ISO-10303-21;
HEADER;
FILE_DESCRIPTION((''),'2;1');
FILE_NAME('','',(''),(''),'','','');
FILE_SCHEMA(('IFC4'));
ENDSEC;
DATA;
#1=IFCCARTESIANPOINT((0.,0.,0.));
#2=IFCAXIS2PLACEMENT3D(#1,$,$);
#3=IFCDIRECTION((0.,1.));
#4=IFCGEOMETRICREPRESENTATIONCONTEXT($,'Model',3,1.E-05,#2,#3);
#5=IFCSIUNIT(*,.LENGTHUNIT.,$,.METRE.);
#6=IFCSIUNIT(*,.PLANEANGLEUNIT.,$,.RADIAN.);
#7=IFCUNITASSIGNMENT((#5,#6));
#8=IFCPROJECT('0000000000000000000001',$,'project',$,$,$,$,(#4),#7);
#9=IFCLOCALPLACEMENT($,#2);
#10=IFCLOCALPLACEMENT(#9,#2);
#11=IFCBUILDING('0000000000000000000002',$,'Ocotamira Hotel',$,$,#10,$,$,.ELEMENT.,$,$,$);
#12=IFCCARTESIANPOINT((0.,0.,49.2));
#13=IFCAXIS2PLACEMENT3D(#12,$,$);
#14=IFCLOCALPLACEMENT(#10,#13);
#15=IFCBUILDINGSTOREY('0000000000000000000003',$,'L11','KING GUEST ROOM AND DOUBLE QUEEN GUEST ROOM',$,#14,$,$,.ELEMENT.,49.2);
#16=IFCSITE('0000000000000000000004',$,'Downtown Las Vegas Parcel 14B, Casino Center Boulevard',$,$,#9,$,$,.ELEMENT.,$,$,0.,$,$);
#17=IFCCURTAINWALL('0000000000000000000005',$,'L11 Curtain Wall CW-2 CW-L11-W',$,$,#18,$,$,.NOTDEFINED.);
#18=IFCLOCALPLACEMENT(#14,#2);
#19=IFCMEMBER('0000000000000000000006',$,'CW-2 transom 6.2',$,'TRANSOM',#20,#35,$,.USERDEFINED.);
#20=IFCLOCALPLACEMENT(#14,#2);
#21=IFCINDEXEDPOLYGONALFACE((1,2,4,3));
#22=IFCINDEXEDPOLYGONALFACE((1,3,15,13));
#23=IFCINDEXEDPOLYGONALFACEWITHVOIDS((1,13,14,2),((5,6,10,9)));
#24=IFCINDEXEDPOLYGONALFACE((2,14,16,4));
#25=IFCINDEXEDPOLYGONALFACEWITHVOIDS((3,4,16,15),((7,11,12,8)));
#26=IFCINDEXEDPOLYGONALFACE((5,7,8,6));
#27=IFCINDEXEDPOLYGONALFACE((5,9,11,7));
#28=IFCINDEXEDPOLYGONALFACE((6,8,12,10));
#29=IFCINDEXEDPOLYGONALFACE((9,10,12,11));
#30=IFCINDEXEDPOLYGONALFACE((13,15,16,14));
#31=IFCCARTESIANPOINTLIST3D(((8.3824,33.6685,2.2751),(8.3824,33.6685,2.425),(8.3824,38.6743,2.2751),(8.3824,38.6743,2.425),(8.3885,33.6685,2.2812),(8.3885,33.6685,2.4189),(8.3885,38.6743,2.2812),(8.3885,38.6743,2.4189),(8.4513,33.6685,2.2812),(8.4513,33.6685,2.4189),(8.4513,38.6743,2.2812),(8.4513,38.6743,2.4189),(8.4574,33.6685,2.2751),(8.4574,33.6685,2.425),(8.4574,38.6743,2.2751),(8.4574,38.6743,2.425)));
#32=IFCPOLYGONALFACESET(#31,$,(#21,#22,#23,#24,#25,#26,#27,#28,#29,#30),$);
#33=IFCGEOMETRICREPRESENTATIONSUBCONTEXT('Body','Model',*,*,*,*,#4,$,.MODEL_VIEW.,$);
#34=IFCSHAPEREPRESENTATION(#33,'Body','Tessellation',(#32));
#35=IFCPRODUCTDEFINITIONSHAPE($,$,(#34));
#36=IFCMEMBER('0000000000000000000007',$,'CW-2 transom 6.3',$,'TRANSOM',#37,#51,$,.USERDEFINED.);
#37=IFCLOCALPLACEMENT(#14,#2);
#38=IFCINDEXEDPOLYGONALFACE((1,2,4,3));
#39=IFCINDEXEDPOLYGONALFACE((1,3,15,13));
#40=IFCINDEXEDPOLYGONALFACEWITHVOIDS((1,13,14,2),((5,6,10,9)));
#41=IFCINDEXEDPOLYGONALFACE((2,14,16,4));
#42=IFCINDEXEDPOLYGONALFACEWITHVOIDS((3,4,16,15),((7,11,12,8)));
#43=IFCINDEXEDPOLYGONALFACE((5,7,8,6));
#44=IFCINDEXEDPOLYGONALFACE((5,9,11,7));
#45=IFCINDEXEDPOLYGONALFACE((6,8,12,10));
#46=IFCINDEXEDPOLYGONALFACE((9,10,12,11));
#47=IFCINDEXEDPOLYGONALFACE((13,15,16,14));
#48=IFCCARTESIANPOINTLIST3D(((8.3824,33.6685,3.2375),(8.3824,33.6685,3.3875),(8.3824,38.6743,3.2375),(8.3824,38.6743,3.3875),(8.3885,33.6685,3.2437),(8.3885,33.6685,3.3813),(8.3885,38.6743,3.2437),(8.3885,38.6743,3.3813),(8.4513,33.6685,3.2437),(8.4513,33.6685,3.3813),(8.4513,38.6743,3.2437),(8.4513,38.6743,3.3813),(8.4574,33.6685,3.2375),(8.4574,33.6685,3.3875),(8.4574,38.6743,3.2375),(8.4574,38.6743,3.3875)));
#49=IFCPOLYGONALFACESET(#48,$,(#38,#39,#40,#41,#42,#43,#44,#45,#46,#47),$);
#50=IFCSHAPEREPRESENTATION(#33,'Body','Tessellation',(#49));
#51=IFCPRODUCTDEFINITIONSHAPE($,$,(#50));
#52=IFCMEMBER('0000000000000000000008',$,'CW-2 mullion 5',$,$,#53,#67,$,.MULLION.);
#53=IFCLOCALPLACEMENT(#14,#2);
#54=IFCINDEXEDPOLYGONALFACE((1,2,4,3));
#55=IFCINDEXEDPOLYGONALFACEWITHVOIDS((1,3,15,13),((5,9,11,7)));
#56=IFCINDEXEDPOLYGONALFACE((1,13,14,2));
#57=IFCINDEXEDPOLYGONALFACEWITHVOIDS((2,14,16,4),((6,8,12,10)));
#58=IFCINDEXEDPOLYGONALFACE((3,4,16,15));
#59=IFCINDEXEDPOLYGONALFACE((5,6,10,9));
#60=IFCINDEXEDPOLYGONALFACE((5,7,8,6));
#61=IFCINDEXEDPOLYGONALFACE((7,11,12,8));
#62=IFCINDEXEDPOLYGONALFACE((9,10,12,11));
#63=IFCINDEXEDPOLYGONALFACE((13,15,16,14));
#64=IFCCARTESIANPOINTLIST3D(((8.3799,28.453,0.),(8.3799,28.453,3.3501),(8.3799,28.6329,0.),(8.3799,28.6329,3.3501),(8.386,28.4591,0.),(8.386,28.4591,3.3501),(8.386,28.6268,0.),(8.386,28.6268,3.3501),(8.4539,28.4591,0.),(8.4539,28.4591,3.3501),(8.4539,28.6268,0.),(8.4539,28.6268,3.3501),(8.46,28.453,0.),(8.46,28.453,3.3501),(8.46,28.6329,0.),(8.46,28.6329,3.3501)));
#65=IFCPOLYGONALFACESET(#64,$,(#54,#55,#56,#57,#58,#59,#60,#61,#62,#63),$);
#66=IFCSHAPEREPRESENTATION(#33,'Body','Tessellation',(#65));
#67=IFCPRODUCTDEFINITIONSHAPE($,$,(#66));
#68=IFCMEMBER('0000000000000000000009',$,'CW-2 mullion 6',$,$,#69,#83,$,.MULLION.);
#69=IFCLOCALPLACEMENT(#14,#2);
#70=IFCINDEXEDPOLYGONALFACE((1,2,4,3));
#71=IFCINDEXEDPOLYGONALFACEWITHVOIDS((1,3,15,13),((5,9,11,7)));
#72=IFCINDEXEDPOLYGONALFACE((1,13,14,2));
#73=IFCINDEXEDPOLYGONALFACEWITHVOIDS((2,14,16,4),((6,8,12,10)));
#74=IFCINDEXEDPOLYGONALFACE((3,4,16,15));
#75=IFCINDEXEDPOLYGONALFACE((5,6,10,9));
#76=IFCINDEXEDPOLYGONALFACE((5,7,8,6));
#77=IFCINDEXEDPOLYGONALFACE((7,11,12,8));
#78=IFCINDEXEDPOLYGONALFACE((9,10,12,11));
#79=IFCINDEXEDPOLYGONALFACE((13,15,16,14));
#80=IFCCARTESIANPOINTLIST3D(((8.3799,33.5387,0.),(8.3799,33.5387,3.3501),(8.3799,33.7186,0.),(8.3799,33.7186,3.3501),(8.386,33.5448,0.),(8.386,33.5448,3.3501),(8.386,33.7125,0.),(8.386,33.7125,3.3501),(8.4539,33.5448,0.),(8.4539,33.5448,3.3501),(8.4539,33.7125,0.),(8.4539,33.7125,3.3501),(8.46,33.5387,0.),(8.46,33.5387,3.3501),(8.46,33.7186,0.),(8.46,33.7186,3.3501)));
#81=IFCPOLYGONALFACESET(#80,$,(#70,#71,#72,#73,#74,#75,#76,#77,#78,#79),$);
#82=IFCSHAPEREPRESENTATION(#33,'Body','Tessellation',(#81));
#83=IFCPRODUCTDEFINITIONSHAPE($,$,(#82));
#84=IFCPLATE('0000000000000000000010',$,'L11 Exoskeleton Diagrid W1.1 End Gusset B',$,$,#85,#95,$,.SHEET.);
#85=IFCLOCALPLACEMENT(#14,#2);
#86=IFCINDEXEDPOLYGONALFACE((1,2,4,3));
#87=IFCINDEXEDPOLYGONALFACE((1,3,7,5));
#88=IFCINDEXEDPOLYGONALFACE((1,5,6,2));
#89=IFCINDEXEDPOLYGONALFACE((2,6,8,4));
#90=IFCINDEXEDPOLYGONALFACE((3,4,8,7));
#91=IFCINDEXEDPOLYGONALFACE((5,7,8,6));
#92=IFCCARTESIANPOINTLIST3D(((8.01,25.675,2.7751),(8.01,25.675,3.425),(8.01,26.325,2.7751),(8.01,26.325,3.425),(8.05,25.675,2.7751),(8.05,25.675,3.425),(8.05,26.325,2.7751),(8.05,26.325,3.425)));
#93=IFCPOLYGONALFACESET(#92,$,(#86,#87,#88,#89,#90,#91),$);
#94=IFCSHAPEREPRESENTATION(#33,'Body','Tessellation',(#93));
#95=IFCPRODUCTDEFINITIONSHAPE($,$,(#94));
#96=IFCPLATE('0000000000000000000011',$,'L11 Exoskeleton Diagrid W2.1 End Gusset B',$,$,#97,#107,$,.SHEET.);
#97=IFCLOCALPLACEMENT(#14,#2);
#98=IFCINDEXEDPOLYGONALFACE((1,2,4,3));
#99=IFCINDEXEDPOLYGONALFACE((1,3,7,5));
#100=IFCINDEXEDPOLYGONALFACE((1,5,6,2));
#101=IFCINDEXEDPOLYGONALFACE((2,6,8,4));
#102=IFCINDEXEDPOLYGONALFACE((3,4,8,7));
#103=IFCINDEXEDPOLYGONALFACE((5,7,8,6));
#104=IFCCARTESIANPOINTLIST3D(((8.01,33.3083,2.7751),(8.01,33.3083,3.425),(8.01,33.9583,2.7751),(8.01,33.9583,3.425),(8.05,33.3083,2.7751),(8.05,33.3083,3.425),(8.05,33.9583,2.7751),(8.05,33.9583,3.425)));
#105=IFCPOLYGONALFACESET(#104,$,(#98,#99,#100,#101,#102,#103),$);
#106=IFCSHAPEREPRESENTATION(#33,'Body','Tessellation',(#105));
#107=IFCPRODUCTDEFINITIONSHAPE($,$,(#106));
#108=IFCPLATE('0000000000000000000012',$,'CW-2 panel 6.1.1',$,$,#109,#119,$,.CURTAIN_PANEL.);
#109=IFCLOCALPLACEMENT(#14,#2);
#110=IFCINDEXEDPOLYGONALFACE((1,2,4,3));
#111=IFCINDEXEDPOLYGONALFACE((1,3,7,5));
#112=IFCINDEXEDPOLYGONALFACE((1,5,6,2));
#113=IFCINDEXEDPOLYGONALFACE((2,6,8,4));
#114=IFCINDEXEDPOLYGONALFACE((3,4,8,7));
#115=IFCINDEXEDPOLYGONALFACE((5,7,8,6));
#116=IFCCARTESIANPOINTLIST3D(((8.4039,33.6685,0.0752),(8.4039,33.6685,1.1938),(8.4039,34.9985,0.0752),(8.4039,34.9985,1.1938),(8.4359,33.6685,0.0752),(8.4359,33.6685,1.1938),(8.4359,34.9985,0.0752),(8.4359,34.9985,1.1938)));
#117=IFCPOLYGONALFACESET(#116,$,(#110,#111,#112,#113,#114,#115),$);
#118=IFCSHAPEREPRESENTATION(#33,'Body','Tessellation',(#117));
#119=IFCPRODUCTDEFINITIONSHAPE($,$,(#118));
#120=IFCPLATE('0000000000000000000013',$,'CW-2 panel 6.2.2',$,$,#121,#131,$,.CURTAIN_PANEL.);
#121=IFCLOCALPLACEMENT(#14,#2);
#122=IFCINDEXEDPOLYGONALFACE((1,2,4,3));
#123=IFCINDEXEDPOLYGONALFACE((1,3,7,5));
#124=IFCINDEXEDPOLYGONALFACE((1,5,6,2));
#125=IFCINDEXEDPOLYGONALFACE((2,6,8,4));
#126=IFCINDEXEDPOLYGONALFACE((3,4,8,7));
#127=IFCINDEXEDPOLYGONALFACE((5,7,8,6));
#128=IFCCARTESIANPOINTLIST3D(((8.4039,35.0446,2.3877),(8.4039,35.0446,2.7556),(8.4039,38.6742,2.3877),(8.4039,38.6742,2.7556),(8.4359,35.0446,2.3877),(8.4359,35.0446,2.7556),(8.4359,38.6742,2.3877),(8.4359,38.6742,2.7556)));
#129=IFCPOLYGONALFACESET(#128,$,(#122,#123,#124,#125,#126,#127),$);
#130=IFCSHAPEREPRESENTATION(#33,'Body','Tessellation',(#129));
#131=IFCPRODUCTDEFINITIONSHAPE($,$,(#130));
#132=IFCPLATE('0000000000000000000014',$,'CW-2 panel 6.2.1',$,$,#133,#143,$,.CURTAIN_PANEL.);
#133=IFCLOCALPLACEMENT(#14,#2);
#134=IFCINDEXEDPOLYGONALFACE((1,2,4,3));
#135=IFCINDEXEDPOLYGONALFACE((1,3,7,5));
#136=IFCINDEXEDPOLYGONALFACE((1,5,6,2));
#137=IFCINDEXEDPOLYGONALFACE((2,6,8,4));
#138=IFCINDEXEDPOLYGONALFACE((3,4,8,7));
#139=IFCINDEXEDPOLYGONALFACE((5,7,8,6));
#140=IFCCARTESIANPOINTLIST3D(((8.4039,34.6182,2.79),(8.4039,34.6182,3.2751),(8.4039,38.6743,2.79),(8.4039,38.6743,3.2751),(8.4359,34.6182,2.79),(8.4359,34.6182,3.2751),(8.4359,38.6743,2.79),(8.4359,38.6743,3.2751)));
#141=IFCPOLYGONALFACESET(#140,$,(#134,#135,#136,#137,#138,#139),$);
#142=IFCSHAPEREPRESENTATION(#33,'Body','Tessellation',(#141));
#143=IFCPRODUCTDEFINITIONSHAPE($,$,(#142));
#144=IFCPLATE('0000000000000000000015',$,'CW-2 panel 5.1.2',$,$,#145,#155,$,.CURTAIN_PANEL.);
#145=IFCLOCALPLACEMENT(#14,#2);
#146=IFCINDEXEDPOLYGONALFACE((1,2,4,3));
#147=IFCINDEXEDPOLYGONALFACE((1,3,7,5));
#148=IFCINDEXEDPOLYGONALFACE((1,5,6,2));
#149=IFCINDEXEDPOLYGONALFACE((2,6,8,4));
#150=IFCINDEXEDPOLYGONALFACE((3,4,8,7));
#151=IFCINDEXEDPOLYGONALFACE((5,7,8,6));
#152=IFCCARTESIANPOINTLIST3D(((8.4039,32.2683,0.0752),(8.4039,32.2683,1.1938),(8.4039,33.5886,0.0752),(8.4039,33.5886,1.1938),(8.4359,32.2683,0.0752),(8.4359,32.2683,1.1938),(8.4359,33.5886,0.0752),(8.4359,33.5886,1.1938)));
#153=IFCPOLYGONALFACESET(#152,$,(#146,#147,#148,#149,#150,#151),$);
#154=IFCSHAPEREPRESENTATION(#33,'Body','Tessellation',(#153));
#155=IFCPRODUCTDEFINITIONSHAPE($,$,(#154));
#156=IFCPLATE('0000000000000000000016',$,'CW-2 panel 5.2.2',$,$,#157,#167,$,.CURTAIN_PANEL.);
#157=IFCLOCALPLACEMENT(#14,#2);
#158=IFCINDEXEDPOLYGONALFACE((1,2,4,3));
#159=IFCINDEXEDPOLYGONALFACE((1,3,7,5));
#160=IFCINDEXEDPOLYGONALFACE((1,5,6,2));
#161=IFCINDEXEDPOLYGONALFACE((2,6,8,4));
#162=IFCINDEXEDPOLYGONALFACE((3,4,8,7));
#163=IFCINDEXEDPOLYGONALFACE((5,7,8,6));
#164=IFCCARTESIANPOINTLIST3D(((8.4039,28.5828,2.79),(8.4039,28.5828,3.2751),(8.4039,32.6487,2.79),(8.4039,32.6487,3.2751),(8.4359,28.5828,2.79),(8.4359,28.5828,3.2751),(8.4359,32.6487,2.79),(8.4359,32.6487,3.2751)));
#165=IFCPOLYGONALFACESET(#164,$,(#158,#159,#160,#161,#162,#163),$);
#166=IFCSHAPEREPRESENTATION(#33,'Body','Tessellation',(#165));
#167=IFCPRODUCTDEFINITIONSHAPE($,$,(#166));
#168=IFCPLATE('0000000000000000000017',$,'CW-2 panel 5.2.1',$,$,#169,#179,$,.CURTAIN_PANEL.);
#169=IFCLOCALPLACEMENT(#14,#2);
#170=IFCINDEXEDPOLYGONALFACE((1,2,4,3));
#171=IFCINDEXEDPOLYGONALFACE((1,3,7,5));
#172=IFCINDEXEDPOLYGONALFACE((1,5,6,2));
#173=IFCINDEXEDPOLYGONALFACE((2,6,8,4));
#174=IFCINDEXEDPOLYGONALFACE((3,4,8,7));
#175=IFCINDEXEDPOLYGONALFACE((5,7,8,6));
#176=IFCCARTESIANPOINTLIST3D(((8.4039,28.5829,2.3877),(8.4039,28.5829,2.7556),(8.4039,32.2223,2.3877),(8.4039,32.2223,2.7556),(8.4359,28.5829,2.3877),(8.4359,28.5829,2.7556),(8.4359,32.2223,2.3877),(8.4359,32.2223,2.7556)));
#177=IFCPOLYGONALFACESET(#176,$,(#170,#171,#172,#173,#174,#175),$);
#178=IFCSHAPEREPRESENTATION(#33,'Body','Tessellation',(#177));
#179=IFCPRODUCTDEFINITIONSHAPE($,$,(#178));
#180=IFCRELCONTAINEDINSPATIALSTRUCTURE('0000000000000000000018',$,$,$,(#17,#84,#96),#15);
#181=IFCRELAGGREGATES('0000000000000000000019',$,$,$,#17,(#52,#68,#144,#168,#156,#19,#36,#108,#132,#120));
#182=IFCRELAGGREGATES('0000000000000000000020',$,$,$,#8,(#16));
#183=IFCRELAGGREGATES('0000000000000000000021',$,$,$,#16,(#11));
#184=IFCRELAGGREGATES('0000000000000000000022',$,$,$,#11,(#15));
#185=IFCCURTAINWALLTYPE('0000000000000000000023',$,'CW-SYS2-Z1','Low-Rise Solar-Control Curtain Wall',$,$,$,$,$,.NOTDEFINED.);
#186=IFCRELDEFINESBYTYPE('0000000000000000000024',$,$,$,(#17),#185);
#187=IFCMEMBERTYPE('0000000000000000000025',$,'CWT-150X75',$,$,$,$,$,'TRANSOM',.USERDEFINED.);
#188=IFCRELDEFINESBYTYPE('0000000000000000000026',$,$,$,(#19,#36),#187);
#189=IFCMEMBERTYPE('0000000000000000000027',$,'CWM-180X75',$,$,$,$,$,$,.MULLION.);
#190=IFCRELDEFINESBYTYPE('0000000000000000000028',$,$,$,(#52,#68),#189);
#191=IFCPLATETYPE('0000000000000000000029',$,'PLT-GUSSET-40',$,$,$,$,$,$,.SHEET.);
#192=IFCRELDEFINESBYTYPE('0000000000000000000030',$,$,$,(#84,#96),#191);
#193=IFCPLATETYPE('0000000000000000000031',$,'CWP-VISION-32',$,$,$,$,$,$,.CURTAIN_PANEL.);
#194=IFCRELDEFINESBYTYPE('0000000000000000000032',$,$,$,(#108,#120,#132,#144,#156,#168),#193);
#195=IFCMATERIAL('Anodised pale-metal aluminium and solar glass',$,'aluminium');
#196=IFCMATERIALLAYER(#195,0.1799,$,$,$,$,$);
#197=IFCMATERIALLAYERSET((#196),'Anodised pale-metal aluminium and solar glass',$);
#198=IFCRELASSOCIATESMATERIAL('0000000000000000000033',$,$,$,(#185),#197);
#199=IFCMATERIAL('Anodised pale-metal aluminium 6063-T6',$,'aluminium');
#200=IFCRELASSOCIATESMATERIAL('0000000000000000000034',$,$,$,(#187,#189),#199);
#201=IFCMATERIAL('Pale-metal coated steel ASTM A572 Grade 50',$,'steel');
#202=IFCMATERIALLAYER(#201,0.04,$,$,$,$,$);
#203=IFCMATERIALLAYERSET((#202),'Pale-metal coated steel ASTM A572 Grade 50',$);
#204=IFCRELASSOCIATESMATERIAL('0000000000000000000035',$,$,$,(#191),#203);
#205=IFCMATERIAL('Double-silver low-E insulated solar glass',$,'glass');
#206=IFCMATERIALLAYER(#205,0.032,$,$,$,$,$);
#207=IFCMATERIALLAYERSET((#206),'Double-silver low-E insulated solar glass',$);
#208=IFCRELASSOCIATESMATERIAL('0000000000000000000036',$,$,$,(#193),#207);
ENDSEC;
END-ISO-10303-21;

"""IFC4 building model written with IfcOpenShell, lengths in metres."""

from ifc_helpers import new_model, si_unit, direction, frame, origin, origin_2d, place, context, subcontext, project, spatial, rectangle, hollow_rectangle, extrude, source, transform, mapped, material, layer, layer_set, material_profile, profile_set, type_object, element, aggregate, save


model = new_model("IFC4")

# Units and contexts
model_context = context("Model", 3, precision=1e-05, world=origin(), true_north=direction((0.0, 1.0)))
body_context = subcontext(model_context, "Body", "Model", "MODEL_VIEW")
ifc_project = project(units=[si_unit("LENGTHUNIT", "METRE"), si_unit("PLANEANGLEUNIT", "RADIAN")], contexts=[model_context])

# Site, building, storey
site_placement = place(None, origin())
site = spatial("IfcSite", under=ifc_project, at=site_placement, Name="Downtown Las Vegas Parcel 14B, Casino Center Boulevard", CompositionType="ELEMENT", RefElevation=0.0)
building_placement = place(site_placement, origin())
building = spatial("IfcBuilding", under=site, at=building_placement, Name="Ocotamira Hotel", CompositionType="ELEMENT")
storey_placement = place(building_placement, frame((0.0, 0.0, 49.2)))
storey = spatial("IfcBuildingStorey", under=building, at=storey_placement, Name="L11", Description="KING GUEST ROOM AND DOUBLE QUEEN GUEST ROOM", CompositionType="ELEMENT", Elevation=49.2)

# Curtain wall, members
ifc_material_1 = material(Name="Anodised pale-metal aluminium and solar glass", Category="aluminium")
ifc_layer_1 = layer(ifc_material_1, 0.1799)
ifc_layer_set_1 = layer_set([ifc_layer_1], Name="Anodised pale-metal aluminium and solar glass")
curtain_wall_type = type_object("IfcCurtainWallType", Name="CW-SYS2-Z1", Description="Low-Rise Solar-Control Curtain Wall", PredefinedType="NOTDEFINED", material=ifc_layer_set_1)
curtain_wall_placement = place(storey_placement, origin())
curtain_wall = element("IfcCurtainWall", 1, at=curtain_wall_placement, inside=storey, type_object=curtain_wall_type, Name="L11 Curtain Wall CW-2 CW-L11-W", PredefinedType="NOTDEFINED")
ifc_material_2 = material(Name="Anodised pale-metal aluminium 6063-T6", Category="aluminium")
ifc_material_profile_1 = material_profile(ifc_material_2, hollow_rectangle(XDim=0.075, YDim=0.1499, WallThickness=0.0061, at=origin_2d()), Name="HSS150X75X6")
ifc_profile_set_1 = profile_set([ifc_material_profile_1], Name="Anodised pale-metal aluminium 6063-T6")
member_type_1 = type_object("IfcMemberType", Name="CWT-150X75", ElementType="TRANSOM", PredefinedType="USERDEFINED", material=ifc_profile_set_1)
shared_shape_1 = source(origin(), body_context, "Body", "SweptSolid", [
    extrude(hollow_rectangle(XDim=0.075, YDim=0.1499, WallThickness=0.0061, at=origin_2d()), origin(), (0.0, 0.0, 1.0), 5.0059),
])
member_1_placement = place(storey_placement, frame((8.4199, 33.6685, 2.3501), z_axis=(0.0, 1.0, 0.0), x_axis=(-1.0, 0.0, 0.0)))
member_1 = element("IfcMember", 2, at=member_1_placement, type_object=member_type_1, Name="CW-2 transom 6.2", ObjectType="TRANSOM", PredefinedType="USERDEFINED", context=body_context, shape_type="MappedRepresentation", body=[
    mapped(shared_shape_1, transform((0.0, 0.0, 0.0), scale=1.0)),
])
member_2_placement = place(storey_placement, frame((8.4199, 33.6685, 3.3125), z_axis=(0.0, 1.0, 0.0), x_axis=(-1.0, 0.0, 0.0)))
member_2 = element("IfcMember", 3, at=member_2_placement, type_object=member_type_1, Name="CW-2 transom 6.3", ObjectType="TRANSOM", PredefinedType="USERDEFINED", context=body_context, shape_type="MappedRepresentation", body=[
    mapped(shared_shape_1, transform((0.0, 0.0, 0.0), scale=1.0)),
])
ifc_material_profile_2 = material_profile(ifc_material_2, hollow_rectangle(XDim=0.0801, YDim=0.1799, WallThickness=0.0061, at=origin_2d()), Name="HSS180X80X6")
ifc_profile_set_2 = profile_set([ifc_material_profile_2], Name="Anodised pale-metal aluminium 6063-T6")
member_type_2 = type_object("IfcMemberType", Name="CWM-180X75", PredefinedType="MULLION", material=ifc_profile_set_2)
shared_shape_2 = source(origin(), body_context, "Body", "SweptSolid", [
    extrude(hollow_rectangle(XDim=0.0801, YDim=0.1799, WallThickness=0.0061, at=origin_2d()), origin(), (0.0, 0.0, 1.0), 3.3501),
])
member_3_placement = place(storey_placement, frame((8.4199, 28.543, 0.0), z_axis=(0.0, 0.0, 1.0), x_axis=(-1.0, 0.0, 0.0)))
member_3 = element("IfcMember", 4, at=member_3_placement, type_object=member_type_2, Name="CW-2 mullion 5", PredefinedType="MULLION", context=body_context, shape_type="MappedRepresentation", body=[
    mapped(shared_shape_2, transform((0.0, 0.0, 0.0), scale=1.0)),
])
member_4_placement = place(storey_placement, frame((8.4199, 33.6287, 0.0), z_axis=(0.0, 0.0, 1.0), x_axis=(-1.0, 0.0, 0.0)))
member_4 = element("IfcMember", 5, at=member_4_placement, type_object=member_type_2, Name="CW-2 mullion 6", PredefinedType="MULLION", context=body_context, shape_type="MappedRepresentation", body=[
    mapped(shared_shape_2, transform((0.0, 0.0, 0.0), scale=1.0)),
])

# Plates
ifc_material_3 = material(Name="Pale-metal coated steel ASTM A572 Grade 50", Category="steel")
ifc_layer_2 = layer(ifc_material_3, 0.04)
ifc_layer_set_2 = layer_set([ifc_layer_2], Name="Pale-metal coated steel ASTM A572 Grade 50")
plate_type_1 = type_object("IfcPlateType", Name="PLT-GUSSET-40", PredefinedType="SHEET", material=ifc_layer_set_2)
shared_shape_3 = source(origin(), body_context, "Body", "SweptSolid", [
    extrude(rectangle(XDim=0.04, YDim=0.6499, at=origin_2d()), origin(), (0.0, 0.0, 1.0), 0.6499),
])
for number, where, z_axis, x_axis, name in (
    (6, (8.03, 26.0, 2.7751), (0.0, 0.0, 1.0), (1.0, 0.0, 0.0), "L11 Exoskeleton Diagrid W1.1 End Gusset B"),
    (7, (8.03, 33.6333, 2.7751), (0.0, 0.0, 1.0), (1.0, 0.0, 0.0), "L11 Exoskeleton Diagrid W2.1 End Gusset B"),
):
    element("IfcPlate", number, at=place(storey_placement, frame(where, z_axis=z_axis, x_axis=x_axis)), inside=storey, type_object=plate_type_1, Name=name, PredefinedType="SHEET", context=body_context, shape_type="MappedRepresentation", body=[
        mapped(shared_shape_3, transform((0.0, 0.0, 0.0), scale=1.0)),
    ])

# Plates
ifc_material_4 = material(Name="Double-silver low-E insulated solar glass", Category="glass")
ifc_layer_3 = layer(ifc_material_4, 0.032)
ifc_layer_set_3 = layer_set([ifc_layer_3], Name="Double-silver low-E insulated solar glass")
plate_type_2 = type_object("IfcPlateType", Name="CWP-VISION-32", PredefinedType="CURTAIN_PANEL", material=ifc_layer_set_3)
shared_shape_4 = source(origin(), body_context, "Body", "SweptSolid", [
    extrude(rectangle(XDim=1.3301, YDim=0.032, at=origin_2d()), origin(), (0.0, 0.0, 1.0), 1.1187),
])
plate_1_placement = place(storey_placement, frame((8.4199, 34.3335, 0.0752), z_axis=(0.0, 0.0, 1.0), x_axis=(0.0, 1.0, 0.0)))
plate_1 = element("IfcPlate", 8, at=plate_1_placement, type_object=plate_type_2, Name="CW-2 panel 6.1.1", PredefinedType="CURTAIN_PANEL", context=body_context, shape_type="MappedRepresentation", body=[
    mapped(shared_shape_4, transform((0.0, 0.0, 0.0), scale=1.0)),
])
shared_shape_5 = source(origin(), body_context, "Body", "SweptSolid", [
    extrude(rectangle(XDim=3.6296, YDim=0.032, at=origin_2d()), origin(), (0.0, 0.0, 1.0), 0.3679),
])
plate_2_placement = place(storey_placement, frame((8.4199, 36.8594, 2.3877), z_axis=(0.0, 0.0, 1.0), x_axis=(0.0, 1.0, 0.0)))
plate_2 = element("IfcPlate", 9, at=plate_2_placement, type_object=plate_type_2, Name="CW-2 panel 6.2.2", PredefinedType="CURTAIN_PANEL", context=body_context, shape_type="MappedRepresentation", body=[
    mapped(shared_shape_5, transform((0.0, 0.0, 0.0), scale=1.0)),
])
shared_shape_6 = source(origin(), body_context, "Body", "SweptSolid", [
    extrude(rectangle(XDim=4.0562, YDim=0.032, at=origin_2d()), origin(), (0.0, 0.0, 1.0), 0.4851),
])
plate_3_placement = place(storey_placement, frame((8.4199, 36.6462, 2.79), z_axis=(0.0, 0.0, 1.0), x_axis=(0.0, 1.0, 0.0)))
plate_3 = element("IfcPlate", 10, at=plate_3_placement, type_object=plate_type_2, Name="CW-2 panel 6.2.1", PredefinedType="CURTAIN_PANEL", context=body_context, shape_type="MappedRepresentation", body=[
    mapped(shared_shape_6, transform((0.0, 0.0, 0.0), scale=1.0)),
])
shared_shape_7 = source(origin(), body_context, "Body", "SweptSolid", [
    extrude(rectangle(XDim=1.3203, YDim=0.032, at=origin_2d()), origin(), (0.0, 0.0, 1.0), 1.1187),
])
plate_4_placement = place(storey_placement, frame((8.4199, 32.9285, 0.0752), z_axis=(0.0, 0.0, 1.0), x_axis=(0.0, 1.0, 0.0)))
plate_4 = element("IfcPlate", 11, at=plate_4_placement, type_object=plate_type_2, Name="CW-2 panel 5.1.2", PredefinedType="CURTAIN_PANEL", context=body_context, shape_type="MappedRepresentation", body=[
    mapped(shared_shape_7, transform((0.0, 0.0, 0.0), scale=1.0)),
])
shared_shape_8 = source(origin(), body_context, "Body", "SweptSolid", [
    extrude(rectangle(XDim=4.0659, YDim=0.032, at=origin_2d()), origin(), (0.0, 0.0, 1.0), 0.4851),
])
plate_5_placement = place(storey_placement, frame((8.4199, 30.6157, 2.79), z_axis=(0.0, 0.0, 1.0), x_axis=(0.0, 1.0, 0.0)))
plate_5 = element("IfcPlate", 12, at=plate_5_placement, type_object=plate_type_2, Name="CW-2 panel 5.2.2", PredefinedType="CURTAIN_PANEL", context=body_context, shape_type="MappedRepresentation", body=[
    mapped(shared_shape_8, transform((0.0, 0.0, 0.0), scale=1.0)),
])
shared_shape_9 = source(origin(), body_context, "Body", "SweptSolid", [
    extrude(rectangle(XDim=3.6394, YDim=0.032, at=origin_2d()), origin(), (0.0, 0.0, 1.0), 0.3679),
])
plate_6_placement = place(storey_placement, frame((8.4199, 30.4026, 2.3877), z_axis=(0.0, 0.0, 1.0), x_axis=(0.0, 1.0, 0.0)))
plate_6 = element("IfcPlate", 13, at=plate_6_placement, type_object=plate_type_2, Name="CW-2 panel 5.2.1", PredefinedType="CURTAIN_PANEL", context=body_context, shape_type="MappedRepresentation", body=[
    mapped(shared_shape_9, transform((0.0, 0.0, 0.0), scale=1.0)),
])
aggregate(curtain_wall, [member_3, member_4, plate_4, plate_6, plate_5, member_1, member_2, plate_1, plate_3, plate_2])

save(model, "model.ifc")
